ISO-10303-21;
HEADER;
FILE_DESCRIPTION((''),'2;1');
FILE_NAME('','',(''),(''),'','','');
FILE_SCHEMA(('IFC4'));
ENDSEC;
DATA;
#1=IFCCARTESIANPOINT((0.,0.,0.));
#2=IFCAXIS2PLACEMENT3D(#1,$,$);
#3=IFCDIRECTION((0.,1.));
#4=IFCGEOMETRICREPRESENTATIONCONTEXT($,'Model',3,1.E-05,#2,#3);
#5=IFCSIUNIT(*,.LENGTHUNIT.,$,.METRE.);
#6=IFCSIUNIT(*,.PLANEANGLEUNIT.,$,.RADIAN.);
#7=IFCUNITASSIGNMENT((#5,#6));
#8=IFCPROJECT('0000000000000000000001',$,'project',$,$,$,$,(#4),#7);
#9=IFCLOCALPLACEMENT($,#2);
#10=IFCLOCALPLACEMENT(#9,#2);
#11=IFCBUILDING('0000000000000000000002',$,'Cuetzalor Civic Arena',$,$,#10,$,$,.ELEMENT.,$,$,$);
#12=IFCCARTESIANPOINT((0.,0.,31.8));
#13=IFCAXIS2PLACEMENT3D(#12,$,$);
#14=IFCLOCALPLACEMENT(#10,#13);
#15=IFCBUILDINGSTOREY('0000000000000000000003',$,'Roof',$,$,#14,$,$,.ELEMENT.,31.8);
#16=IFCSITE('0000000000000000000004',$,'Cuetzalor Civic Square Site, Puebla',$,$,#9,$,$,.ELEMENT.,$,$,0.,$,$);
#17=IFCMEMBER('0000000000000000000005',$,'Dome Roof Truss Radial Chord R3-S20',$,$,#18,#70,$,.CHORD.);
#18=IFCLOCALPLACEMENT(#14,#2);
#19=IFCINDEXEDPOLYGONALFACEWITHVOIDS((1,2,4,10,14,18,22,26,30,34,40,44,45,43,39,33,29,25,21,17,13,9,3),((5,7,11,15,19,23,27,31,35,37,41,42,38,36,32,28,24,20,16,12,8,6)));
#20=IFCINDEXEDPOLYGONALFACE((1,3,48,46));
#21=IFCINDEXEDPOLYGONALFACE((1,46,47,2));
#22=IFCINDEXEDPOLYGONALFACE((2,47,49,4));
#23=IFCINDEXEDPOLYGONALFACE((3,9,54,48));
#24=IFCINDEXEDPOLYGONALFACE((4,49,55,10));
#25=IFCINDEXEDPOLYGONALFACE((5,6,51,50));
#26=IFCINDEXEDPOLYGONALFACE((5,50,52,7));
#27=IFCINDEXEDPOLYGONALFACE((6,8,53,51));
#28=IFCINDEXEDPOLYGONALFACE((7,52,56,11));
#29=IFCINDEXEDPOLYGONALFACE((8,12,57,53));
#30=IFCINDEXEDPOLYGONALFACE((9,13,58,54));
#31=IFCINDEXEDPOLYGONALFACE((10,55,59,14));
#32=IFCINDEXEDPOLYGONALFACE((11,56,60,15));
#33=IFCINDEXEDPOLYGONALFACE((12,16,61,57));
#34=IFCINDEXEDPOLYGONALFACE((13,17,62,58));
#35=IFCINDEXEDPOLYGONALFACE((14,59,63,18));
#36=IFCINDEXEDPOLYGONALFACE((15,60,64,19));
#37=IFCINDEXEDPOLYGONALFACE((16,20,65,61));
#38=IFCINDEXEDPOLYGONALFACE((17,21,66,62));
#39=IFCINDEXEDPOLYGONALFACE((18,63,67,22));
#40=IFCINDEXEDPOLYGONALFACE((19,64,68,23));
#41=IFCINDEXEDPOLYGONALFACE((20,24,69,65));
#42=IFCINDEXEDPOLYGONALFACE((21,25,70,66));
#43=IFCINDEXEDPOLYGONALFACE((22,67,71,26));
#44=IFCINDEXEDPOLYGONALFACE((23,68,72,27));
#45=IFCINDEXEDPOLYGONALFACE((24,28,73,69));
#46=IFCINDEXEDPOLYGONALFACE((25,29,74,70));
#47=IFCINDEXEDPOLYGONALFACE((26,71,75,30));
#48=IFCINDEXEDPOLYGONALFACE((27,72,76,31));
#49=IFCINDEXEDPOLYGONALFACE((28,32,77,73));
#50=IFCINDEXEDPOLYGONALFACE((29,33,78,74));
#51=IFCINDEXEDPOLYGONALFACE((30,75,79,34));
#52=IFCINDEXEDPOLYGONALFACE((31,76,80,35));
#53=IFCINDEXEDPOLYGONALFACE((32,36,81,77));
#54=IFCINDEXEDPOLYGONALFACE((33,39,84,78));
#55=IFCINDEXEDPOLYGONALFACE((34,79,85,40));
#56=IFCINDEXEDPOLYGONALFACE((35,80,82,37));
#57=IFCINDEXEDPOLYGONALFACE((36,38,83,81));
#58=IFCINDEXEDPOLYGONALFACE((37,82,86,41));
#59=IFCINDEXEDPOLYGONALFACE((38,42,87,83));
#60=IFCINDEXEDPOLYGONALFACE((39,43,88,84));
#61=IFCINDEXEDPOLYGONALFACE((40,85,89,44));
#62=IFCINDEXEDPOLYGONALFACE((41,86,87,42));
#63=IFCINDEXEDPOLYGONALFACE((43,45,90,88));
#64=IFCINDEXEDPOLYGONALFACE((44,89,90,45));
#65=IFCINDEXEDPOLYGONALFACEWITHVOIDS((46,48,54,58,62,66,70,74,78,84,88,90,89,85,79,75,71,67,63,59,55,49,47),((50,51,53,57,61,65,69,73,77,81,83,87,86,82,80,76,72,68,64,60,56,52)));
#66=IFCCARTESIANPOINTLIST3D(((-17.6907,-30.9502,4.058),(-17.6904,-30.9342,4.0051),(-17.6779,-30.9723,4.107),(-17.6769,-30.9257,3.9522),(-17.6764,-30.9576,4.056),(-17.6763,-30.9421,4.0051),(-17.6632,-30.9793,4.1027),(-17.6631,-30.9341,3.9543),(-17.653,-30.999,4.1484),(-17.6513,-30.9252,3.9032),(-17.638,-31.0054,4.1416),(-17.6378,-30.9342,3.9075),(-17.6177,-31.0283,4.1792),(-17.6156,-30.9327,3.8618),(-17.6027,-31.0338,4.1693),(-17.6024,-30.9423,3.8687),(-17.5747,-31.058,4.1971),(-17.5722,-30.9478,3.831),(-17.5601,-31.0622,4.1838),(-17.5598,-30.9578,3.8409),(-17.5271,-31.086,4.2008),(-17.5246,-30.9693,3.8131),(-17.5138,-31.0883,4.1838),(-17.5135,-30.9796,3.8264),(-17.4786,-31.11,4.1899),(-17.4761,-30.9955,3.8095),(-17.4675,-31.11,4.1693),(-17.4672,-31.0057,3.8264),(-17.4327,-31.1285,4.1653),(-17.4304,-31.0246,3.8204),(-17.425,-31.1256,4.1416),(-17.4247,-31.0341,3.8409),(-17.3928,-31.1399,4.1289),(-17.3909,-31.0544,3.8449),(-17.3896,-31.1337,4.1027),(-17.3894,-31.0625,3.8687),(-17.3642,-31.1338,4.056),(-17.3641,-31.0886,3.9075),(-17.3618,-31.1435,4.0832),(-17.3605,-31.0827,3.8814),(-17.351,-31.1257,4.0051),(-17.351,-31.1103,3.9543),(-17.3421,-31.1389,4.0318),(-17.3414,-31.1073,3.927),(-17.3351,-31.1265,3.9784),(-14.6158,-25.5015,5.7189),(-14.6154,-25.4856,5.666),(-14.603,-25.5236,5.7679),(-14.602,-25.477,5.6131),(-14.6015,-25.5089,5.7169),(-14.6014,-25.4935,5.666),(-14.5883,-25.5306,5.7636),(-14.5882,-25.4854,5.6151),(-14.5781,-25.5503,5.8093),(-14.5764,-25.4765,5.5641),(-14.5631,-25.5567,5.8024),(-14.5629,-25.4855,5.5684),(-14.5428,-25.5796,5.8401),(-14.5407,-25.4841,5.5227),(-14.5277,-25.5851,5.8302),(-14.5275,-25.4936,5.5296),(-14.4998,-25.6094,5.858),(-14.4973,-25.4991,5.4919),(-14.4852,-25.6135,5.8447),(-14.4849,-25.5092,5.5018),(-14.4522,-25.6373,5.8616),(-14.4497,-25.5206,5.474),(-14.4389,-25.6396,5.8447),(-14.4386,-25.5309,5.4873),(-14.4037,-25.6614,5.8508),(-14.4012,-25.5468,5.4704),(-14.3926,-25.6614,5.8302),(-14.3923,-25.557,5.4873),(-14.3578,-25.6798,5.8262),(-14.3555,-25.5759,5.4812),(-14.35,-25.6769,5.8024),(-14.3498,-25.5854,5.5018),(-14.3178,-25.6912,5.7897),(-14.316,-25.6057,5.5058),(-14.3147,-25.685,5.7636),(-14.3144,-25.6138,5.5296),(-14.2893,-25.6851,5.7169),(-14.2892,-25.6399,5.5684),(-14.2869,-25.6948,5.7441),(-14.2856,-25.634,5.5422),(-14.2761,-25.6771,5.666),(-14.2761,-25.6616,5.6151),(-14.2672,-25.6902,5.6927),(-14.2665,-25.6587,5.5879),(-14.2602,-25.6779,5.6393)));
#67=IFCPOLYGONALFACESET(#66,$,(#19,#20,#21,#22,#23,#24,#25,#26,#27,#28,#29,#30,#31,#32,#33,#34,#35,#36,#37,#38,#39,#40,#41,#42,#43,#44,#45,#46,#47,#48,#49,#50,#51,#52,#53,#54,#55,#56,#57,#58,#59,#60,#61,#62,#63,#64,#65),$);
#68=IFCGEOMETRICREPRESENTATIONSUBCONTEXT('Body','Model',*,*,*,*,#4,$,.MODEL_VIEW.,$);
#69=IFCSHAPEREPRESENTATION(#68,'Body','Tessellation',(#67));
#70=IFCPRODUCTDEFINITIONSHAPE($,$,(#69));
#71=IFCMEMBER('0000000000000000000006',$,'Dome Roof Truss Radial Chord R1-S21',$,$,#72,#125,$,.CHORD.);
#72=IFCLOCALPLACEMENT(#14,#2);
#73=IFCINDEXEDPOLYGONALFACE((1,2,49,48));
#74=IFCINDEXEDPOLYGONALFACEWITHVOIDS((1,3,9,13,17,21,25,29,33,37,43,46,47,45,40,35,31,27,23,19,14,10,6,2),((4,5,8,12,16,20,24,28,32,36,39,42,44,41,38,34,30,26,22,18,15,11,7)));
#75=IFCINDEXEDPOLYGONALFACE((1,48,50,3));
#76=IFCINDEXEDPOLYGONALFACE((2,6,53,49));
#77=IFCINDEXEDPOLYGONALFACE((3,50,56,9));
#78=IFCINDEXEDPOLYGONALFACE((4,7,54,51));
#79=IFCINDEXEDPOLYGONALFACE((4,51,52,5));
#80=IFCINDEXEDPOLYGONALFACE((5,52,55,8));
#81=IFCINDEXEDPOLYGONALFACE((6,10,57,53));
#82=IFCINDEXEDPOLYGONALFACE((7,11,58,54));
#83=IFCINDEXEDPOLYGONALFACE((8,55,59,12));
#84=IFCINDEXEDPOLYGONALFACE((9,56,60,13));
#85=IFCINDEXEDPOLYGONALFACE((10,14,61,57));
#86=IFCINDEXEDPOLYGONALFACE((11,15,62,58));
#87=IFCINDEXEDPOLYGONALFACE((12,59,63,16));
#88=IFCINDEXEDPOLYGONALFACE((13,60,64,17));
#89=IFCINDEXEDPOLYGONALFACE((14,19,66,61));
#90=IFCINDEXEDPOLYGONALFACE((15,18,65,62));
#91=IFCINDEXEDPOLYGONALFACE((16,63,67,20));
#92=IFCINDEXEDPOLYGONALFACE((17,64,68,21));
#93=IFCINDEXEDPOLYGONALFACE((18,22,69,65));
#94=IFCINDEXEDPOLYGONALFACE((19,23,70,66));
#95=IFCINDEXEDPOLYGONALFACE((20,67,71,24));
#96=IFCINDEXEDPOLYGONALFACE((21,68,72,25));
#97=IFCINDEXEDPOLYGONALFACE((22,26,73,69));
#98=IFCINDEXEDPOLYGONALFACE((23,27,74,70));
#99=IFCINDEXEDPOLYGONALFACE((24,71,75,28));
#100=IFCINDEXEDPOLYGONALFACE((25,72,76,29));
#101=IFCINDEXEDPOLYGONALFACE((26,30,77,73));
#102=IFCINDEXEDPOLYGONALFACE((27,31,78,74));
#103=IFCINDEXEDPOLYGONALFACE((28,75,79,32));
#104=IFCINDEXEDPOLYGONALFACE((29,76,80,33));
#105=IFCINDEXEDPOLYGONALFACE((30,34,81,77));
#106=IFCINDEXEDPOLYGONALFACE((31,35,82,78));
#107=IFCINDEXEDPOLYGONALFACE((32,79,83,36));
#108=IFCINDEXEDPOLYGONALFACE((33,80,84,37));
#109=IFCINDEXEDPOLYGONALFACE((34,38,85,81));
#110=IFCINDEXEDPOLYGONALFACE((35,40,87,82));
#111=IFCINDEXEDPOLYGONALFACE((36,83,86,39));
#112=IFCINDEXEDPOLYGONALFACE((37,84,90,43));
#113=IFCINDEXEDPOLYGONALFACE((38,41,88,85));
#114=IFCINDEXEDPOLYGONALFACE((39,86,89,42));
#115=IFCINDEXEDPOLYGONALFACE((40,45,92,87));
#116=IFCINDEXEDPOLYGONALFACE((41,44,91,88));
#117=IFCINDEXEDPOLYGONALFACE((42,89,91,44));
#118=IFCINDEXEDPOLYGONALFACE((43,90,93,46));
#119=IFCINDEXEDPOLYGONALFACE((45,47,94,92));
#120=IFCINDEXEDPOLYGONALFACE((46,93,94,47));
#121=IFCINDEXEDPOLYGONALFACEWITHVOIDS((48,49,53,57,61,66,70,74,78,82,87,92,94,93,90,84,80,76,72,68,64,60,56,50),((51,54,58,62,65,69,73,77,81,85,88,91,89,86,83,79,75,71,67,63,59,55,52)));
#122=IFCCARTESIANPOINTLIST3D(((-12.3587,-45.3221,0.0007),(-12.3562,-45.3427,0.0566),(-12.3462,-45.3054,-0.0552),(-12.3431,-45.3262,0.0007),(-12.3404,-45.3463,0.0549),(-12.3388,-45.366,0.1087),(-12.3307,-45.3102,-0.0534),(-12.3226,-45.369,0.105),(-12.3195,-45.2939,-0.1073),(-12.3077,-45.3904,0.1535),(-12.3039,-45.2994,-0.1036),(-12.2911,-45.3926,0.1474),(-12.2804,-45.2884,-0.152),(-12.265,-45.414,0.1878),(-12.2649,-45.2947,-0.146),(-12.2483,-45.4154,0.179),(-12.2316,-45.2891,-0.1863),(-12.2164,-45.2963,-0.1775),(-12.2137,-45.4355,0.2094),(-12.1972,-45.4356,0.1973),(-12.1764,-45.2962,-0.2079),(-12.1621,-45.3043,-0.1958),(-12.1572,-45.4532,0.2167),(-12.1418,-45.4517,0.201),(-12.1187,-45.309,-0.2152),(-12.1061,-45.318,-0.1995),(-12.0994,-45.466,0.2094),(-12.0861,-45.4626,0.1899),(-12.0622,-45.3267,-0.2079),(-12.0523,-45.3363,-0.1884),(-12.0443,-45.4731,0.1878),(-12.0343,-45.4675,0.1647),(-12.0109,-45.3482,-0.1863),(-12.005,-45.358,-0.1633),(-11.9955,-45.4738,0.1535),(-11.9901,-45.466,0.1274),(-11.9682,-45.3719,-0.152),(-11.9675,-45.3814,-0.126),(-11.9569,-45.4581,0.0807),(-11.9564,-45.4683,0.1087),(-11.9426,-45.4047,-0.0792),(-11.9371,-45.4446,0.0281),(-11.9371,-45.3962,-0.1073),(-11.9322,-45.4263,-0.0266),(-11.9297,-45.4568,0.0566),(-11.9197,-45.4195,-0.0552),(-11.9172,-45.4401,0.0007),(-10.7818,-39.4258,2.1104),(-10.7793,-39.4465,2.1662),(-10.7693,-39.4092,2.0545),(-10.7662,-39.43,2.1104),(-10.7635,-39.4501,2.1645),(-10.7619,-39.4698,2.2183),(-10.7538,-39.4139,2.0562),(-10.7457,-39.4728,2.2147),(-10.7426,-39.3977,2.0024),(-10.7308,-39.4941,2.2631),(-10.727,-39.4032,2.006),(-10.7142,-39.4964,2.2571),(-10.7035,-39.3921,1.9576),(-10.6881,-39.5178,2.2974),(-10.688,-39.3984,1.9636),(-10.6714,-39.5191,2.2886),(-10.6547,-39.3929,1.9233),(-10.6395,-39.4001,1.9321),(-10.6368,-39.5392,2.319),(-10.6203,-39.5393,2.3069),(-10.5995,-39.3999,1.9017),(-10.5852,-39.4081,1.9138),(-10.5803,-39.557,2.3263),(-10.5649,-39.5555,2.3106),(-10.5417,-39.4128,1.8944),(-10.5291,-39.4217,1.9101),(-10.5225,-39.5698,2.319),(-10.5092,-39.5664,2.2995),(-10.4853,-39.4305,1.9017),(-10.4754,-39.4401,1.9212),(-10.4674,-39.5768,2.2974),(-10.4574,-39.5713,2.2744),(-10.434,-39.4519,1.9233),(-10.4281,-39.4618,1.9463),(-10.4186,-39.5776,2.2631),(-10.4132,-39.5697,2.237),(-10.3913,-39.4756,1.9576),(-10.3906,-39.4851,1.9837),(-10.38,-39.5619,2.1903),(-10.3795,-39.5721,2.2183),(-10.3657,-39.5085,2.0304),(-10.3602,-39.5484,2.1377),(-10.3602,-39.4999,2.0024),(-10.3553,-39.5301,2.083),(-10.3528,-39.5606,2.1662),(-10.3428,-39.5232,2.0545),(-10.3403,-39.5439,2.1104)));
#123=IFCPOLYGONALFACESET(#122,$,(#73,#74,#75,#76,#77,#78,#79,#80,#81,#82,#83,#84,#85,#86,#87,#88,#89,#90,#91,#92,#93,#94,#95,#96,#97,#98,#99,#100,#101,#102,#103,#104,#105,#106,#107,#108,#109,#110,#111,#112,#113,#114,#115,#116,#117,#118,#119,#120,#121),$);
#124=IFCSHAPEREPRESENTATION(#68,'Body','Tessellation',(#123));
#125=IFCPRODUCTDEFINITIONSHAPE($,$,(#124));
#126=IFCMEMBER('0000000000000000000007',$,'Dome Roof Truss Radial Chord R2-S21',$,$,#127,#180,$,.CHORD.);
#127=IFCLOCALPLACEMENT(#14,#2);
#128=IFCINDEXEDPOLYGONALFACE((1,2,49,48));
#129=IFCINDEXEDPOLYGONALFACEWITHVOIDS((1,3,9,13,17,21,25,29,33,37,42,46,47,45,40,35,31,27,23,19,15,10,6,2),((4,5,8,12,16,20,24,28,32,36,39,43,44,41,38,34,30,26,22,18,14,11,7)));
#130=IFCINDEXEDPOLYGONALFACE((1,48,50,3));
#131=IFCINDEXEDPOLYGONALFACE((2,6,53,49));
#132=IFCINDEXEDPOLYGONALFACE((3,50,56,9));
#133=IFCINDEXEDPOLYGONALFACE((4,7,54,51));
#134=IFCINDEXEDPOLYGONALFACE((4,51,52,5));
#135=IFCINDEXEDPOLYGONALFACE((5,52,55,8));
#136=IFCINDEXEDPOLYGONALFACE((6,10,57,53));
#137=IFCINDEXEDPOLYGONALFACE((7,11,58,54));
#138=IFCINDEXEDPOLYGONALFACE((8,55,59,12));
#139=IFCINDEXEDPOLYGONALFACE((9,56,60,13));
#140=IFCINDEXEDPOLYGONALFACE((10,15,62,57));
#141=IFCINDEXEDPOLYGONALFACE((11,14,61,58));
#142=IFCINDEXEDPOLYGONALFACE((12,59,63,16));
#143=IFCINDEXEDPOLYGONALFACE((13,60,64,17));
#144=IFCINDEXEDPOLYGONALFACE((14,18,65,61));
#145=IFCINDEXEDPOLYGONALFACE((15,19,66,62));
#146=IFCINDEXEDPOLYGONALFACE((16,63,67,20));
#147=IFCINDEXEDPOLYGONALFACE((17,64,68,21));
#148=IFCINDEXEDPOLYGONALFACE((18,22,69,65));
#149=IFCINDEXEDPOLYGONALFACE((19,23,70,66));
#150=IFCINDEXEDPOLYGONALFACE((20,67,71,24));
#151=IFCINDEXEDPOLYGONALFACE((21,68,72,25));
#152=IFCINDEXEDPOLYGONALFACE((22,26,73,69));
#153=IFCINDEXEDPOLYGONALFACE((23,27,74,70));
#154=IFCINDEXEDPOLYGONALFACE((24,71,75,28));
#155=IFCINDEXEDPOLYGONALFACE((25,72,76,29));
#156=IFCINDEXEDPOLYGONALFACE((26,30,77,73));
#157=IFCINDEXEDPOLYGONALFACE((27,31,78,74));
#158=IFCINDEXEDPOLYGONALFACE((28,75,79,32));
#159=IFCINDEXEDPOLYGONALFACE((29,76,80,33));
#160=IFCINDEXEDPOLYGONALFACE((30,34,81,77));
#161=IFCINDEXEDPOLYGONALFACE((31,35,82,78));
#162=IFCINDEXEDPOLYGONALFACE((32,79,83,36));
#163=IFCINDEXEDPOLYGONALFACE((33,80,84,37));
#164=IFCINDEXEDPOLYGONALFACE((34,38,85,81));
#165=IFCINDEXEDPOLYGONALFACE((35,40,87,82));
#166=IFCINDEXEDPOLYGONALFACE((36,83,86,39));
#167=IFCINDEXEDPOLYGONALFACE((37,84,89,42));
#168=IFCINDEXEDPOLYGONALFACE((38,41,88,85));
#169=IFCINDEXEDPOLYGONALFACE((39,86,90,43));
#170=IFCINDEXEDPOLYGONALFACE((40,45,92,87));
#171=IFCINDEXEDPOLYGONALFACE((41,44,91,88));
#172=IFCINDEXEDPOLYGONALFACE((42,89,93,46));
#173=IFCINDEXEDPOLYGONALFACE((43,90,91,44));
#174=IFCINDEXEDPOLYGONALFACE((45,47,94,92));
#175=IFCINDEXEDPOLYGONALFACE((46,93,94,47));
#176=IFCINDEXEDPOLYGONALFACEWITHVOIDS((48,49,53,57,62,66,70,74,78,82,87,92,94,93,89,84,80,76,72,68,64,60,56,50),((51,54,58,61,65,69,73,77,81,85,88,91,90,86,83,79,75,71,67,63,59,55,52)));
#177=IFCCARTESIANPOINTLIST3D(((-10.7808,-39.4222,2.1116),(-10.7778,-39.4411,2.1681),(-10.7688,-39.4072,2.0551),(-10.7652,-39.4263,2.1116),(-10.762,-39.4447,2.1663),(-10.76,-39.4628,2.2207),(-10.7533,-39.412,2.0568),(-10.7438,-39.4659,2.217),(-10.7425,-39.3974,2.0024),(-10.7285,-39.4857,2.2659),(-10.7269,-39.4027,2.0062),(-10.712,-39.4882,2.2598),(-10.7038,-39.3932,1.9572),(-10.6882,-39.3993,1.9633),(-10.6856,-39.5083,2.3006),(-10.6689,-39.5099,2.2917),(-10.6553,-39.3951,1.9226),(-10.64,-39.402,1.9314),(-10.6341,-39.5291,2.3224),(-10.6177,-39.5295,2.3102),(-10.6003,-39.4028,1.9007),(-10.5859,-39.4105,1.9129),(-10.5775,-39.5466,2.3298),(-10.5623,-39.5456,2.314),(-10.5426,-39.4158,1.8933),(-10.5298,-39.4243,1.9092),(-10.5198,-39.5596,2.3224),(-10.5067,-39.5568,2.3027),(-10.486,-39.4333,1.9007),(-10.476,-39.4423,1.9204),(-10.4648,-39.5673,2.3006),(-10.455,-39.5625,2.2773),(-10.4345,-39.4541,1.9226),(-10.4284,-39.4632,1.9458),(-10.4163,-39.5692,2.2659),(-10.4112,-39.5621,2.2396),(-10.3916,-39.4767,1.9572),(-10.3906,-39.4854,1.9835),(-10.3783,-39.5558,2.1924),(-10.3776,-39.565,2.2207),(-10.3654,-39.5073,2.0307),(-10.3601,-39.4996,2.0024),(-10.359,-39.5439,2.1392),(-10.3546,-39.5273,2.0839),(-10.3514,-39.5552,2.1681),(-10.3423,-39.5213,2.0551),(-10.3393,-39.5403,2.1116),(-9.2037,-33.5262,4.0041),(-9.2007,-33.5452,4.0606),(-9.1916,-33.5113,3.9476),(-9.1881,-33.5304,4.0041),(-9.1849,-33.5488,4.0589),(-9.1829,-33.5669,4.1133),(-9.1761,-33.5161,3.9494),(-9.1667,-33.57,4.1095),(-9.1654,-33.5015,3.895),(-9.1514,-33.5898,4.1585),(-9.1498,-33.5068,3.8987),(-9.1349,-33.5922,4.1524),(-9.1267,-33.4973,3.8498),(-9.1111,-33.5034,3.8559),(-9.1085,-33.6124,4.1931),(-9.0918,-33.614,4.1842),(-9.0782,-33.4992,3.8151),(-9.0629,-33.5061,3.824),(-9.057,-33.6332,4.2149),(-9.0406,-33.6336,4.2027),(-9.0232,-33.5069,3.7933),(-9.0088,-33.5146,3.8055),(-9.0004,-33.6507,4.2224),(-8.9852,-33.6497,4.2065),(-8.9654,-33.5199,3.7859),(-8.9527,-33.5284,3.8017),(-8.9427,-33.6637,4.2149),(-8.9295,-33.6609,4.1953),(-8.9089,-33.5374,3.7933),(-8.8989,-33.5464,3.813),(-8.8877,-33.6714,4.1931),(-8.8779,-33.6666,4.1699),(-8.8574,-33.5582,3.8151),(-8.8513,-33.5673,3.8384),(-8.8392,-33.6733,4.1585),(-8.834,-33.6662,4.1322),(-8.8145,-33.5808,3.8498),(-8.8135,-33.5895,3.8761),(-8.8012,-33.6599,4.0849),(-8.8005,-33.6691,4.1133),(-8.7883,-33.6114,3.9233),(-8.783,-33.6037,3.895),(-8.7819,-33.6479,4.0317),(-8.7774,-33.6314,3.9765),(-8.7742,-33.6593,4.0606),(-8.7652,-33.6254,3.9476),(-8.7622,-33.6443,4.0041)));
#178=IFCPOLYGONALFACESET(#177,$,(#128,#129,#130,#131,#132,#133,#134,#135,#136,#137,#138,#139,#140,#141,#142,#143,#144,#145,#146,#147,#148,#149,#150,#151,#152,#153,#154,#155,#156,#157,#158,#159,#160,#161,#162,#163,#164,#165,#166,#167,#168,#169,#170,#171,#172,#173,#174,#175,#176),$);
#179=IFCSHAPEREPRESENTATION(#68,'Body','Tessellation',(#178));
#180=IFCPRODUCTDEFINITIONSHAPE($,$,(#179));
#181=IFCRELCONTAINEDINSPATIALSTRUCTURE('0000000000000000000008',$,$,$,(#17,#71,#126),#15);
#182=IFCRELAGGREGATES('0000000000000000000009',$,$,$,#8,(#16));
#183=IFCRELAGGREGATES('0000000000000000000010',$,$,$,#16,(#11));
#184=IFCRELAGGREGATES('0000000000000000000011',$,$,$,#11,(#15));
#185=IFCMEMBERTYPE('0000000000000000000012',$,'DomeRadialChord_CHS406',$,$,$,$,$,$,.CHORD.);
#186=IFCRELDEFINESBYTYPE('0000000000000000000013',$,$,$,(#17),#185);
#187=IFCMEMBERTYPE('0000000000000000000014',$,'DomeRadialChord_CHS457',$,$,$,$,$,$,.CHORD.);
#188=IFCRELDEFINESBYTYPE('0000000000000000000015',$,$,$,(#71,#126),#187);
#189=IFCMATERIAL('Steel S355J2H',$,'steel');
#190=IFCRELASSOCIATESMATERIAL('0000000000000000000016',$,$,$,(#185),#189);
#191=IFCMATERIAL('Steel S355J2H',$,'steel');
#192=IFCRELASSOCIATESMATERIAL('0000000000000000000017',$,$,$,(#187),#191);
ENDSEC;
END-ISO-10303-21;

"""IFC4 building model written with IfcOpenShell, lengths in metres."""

from ifc_helpers import new_model, si_unit, direction, frame, origin, origin_2d, place, context, subcontext, project, spatial, hollow_circle, extrude, material, material_profile, profile_set, type_object, element, save


model = new_model("IFC4")

# Units and contexts
model_context = context("Model", 3, precision=1e-05, world=origin(), true_north=direction((0.0, 1.0)))
body_context = subcontext(model_context, "Body", "Model", "MODEL_VIEW")
ifc_project = project(units=[si_unit("LENGTHUNIT", "METRE"), si_unit("PLANEANGLEUNIT", "RADIAN")], contexts=[model_context])

# Site, building, storey
site_placement = place(None, origin())
site = spatial("IfcSite", under=ifc_project, at=site_placement, Name="Cuetzalor Civic Square Site, Puebla", CompositionType="ELEMENT", RefElevation=0.0)
building_placement = place(site_placement, origin())
building = spatial("IfcBuilding", under=site, at=building_placement, Name="Cuetzalor Civic Arena", CompositionType="ELEMENT")
storey_placement = place(building_placement, frame((0.0, 0.0, 31.8)))
storey = spatial("IfcBuildingStorey", under=building, at=storey_placement, Name="Roof", CompositionType="ELEMENT", Elevation=31.8)

# Members
ifc_material_1 = material(Name="Steel S355J2H", Category="steel")
ifc_material_profile_1 = material_profile(ifc_material_1, hollow_circle(Radius=0.2029, WallThickness=0.0161, at=origin_2d()), Name="CHS 406x16")
ifc_profile_set_1 = profile_set([ifc_material_profile_1], Name="Steel S355J2H")
member_type_1 = type_object("IfcMemberType", Name="DomeRadialChord_CHS406", PredefinedType="CHORD", material=ifc_profile_set_1)
member_1_placement = place(storey_placement, frame((-17.5137, -31.0339, 4.0051), z_axis=(0.475027, 0.841735, 0.256579), x_axis=(-0.870889, 0.49148, 0.0)))
element("IfcMember", 1, at=member_1_placement, inside=storey, type_object=member_type_1, Name="Dome Roof Truss Radial Chord R3-S20", PredefinedType="CHORD", context=body_context, shape_type="SweptSolid", body=[
    extrude(hollow_circle(Radius=0.2029, WallThickness=0.0161, at=origin_2d()), origin(), (0.0, 0.0, 1.0), 6.4731),
])
ifc_material_2 = material(Name="Steel S355J2H", Category="steel")
ifc_material_profile_2 = material_profile(ifc_material_2, hollow_circle(Radius=0.2285, WallThickness=0.0161, at=origin_2d()), Name="CHS 457x16")
ifc_profile_set_2 = profile_set([ifc_material_profile_2], Name="Steel S355J2H")
member_type_2 = type_object("IfcMemberType", Name="DomeRadialChord_CHS457", PredefinedType="CHORD", material=ifc_profile_set_2)
member_2_placement = place(storey_placement, frame((-12.1379, -45.3811, 0.0007), z_axis=(0.244187, 0.913046, 0.326679), x_axis=(-0.966048, 0.258362, 0.0)))
element("IfcMember", 2, at=member_2_placement, inside=storey, type_object=member_type_2, Name="Dome Roof Truss Radial Chord R1-S21", PredefinedType="CHORD", context=body_context, shape_type="SweptSolid", body=[
    extrude(hollow_circle(Radius=0.2285, WallThickness=0.0161, at=origin_2d()), origin(), (0.0, 0.0, 1.0), 6.4578),
])
member_3_placement = place(storey_placement, frame((-10.5601, -39.4812, 2.1116), z_axis=(0.246815, 0.922692, 0.296178), x_axis=(-0.966035, 0.258409, 0.0)))
element("IfcMember", 3, at=member_3_placement, inside=storey, type_object=member_type_2, Name="Dome Roof Truss Radial Chord R2-S21", PredefinedType="CHORD", context=body_context, shape_type="SweptSolid", body=[
    extrude(hollow_circle(Radius=0.2285, WallThickness=0.0161, at=origin_2d()), origin(), (0.0, 0.0, 1.0), 6.3899),
])

save(model, "model.ifc")
